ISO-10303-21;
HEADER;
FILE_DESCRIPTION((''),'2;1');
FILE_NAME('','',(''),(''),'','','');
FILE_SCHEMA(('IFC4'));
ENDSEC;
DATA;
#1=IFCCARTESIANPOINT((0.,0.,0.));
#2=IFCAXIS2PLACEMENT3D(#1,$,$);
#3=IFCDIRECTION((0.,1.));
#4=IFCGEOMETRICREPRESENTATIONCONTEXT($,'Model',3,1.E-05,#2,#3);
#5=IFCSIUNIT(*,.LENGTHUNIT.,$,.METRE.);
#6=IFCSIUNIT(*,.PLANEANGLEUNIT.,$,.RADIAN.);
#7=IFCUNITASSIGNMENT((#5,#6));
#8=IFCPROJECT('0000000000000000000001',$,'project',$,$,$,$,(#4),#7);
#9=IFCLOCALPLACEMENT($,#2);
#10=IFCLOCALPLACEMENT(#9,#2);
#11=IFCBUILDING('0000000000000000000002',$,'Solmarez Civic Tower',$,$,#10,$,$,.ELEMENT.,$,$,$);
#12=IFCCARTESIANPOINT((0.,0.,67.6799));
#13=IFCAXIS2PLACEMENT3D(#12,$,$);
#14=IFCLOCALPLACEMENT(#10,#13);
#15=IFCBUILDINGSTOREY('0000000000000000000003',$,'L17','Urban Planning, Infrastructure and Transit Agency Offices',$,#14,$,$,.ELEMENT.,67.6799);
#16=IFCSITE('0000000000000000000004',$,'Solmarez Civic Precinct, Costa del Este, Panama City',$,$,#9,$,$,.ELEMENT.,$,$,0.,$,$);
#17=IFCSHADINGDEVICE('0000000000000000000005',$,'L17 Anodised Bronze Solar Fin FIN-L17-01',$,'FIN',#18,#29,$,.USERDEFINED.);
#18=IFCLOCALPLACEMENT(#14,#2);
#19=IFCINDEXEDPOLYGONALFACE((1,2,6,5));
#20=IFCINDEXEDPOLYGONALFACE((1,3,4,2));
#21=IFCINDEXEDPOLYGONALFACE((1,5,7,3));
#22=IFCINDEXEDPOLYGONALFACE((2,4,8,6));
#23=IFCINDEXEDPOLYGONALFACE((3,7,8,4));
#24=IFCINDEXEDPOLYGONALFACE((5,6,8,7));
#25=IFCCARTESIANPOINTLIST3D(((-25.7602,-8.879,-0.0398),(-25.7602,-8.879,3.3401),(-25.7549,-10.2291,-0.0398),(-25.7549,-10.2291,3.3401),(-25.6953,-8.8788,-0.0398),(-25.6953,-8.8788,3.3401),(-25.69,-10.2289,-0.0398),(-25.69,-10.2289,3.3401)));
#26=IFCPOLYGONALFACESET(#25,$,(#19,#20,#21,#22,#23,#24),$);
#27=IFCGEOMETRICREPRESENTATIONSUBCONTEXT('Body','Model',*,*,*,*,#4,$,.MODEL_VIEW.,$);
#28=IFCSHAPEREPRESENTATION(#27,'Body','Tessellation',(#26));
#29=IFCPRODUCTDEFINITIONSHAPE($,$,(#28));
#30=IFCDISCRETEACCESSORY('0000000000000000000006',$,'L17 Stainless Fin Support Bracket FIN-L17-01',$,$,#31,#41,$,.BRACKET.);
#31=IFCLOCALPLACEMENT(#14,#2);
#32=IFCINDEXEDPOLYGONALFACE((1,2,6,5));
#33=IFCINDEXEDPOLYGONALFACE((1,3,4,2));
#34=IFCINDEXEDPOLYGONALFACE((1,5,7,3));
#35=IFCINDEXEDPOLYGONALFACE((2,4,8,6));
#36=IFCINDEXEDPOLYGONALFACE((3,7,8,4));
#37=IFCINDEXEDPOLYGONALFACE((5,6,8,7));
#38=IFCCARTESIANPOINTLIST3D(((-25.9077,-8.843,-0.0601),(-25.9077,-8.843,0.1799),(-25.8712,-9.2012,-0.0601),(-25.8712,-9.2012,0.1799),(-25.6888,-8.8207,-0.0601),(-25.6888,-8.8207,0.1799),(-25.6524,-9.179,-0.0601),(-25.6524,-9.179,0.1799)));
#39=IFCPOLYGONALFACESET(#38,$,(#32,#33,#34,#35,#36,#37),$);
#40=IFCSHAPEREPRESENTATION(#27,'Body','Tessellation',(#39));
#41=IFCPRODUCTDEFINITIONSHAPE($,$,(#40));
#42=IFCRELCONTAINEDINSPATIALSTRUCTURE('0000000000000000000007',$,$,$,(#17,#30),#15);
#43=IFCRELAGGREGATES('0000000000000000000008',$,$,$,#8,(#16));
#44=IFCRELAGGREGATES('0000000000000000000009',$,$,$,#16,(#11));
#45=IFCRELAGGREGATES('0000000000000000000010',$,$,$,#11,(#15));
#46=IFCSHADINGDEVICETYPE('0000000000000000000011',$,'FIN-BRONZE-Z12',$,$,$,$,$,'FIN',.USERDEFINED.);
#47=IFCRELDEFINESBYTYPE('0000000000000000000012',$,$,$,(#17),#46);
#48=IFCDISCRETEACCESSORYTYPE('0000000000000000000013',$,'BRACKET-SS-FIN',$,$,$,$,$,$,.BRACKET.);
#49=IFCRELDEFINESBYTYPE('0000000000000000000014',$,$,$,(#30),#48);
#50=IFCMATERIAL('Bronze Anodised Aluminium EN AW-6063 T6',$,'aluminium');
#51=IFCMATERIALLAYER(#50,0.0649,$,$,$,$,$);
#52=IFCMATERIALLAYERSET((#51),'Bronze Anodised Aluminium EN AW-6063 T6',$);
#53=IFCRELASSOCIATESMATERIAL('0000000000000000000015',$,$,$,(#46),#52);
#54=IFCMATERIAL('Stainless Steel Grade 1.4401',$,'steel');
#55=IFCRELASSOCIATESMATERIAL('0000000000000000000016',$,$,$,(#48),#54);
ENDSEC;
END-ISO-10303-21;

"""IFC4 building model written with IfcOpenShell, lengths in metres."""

from ifc_helpers import new_model, si_unit, direction, frame, origin, origin_2d, place, context, subcontext, project, spatial, rectangle, extrude, material, layer, layer_set, type_object, element, save


model = new_model("IFC4")

# Units and contexts
model_context = context("Model", 3, precision=1e-05, world=origin(), true_north=direction((0.0, 1.0)))
body_context = subcontext(model_context, "Body", "Model", "MODEL_VIEW")
ifc_project = project(units=[si_unit("LENGTHUNIT", "METRE"), si_unit("PLANEANGLEUNIT", "RADIAN")], contexts=[model_context])

# Site, building, storey
site_placement = place(None, origin())
site = spatial("IfcSite", under=ifc_project, at=site_placement, Name="Solmarez Civic Precinct, Costa del Este, Panama City", CompositionType="ELEMENT", RefElevation=0.0)
building_placement = place(site_placement, origin())
building = spatial("IfcBuilding", under=site, at=building_placement, Name="Solmarez Civic Tower", CompositionType="ELEMENT")
storey_placement = place(building_placement, frame((0.0, 0.0, 67.6799)))
storey = spatial("IfcBuildingStorey", under=building, at=storey_placement, Name="L17", Description="Urban Planning, Infrastructure and Transit Agency Offices", CompositionType="ELEMENT", Elevation=67.6799)

# Shading device
ifc_material_1 = material(Name="Bronze Anodised Aluminium EN AW-6063 T6", Category="aluminium")
ifc_layer_1 = layer(ifc_material_1, 0.0649)
ifc_layer_set_1 = layer_set([ifc_layer_1], Name="Bronze Anodised Aluminium EN AW-6063 T6")
shading_device_type = type_object("IfcShadingDeviceType", Name="FIN-BRONZE-Z12", ElementType="FIN", PredefinedType="USERDEFINED", material=ifc_layer_set_1)
shading_device_placement = place(storey_placement, frame((-25.7251, -9.554, -0.0398), z_axis=(0.0, 0.0, 1.0), x_axis=(0.003892, -0.999992, 0.0)))
element("IfcShadingDevice", 1, at=shading_device_placement, inside=storey, type_object=shading_device_type, Name="L17 Anodised Bronze Solar Fin FIN-L17-01", ObjectType="FIN", PredefinedType="USERDEFINED", context=body_context, shape_type="SweptSolid", body=[
    extrude(rectangle(XDim=1.3501, YDim=0.0649, at=origin_2d()), origin(), (0.0, 0.0, 1.0), 3.3799),
])

# Discrete accessory
ifc_material_2 = material(Name="Stainless Steel Grade 1.4401", Category="steel")
discrete_accessory_type = type_object("IfcDiscreteAccessoryType", Name="BRACKET-SS-FIN", PredefinedType="BRACKET", material=ifc_material_2)
discrete_accessory_placement = place(storey_placement, frame((-25.78, -9.011, -0.0601), z_axis=(0.0, 0.0, 1.0), x_axis=(0.101091, -0.994877, 0.0)))
element("IfcDiscreteAccessory", 2, at=discrete_accessory_placement, inside=storey, type_object=discrete_accessory_type, Name="L17 Stainless Fin Support Bracket FIN-L17-01", PredefinedType="BRACKET", context=body_context, shape_type="SweptSolid", body=[
    extrude(rectangle(XDim=0.3601, YDim=0.22, at=origin_2d()), origin(), (0.0, 0.0, 1.0), 0.24),
])

save(model, "model.ifc")
